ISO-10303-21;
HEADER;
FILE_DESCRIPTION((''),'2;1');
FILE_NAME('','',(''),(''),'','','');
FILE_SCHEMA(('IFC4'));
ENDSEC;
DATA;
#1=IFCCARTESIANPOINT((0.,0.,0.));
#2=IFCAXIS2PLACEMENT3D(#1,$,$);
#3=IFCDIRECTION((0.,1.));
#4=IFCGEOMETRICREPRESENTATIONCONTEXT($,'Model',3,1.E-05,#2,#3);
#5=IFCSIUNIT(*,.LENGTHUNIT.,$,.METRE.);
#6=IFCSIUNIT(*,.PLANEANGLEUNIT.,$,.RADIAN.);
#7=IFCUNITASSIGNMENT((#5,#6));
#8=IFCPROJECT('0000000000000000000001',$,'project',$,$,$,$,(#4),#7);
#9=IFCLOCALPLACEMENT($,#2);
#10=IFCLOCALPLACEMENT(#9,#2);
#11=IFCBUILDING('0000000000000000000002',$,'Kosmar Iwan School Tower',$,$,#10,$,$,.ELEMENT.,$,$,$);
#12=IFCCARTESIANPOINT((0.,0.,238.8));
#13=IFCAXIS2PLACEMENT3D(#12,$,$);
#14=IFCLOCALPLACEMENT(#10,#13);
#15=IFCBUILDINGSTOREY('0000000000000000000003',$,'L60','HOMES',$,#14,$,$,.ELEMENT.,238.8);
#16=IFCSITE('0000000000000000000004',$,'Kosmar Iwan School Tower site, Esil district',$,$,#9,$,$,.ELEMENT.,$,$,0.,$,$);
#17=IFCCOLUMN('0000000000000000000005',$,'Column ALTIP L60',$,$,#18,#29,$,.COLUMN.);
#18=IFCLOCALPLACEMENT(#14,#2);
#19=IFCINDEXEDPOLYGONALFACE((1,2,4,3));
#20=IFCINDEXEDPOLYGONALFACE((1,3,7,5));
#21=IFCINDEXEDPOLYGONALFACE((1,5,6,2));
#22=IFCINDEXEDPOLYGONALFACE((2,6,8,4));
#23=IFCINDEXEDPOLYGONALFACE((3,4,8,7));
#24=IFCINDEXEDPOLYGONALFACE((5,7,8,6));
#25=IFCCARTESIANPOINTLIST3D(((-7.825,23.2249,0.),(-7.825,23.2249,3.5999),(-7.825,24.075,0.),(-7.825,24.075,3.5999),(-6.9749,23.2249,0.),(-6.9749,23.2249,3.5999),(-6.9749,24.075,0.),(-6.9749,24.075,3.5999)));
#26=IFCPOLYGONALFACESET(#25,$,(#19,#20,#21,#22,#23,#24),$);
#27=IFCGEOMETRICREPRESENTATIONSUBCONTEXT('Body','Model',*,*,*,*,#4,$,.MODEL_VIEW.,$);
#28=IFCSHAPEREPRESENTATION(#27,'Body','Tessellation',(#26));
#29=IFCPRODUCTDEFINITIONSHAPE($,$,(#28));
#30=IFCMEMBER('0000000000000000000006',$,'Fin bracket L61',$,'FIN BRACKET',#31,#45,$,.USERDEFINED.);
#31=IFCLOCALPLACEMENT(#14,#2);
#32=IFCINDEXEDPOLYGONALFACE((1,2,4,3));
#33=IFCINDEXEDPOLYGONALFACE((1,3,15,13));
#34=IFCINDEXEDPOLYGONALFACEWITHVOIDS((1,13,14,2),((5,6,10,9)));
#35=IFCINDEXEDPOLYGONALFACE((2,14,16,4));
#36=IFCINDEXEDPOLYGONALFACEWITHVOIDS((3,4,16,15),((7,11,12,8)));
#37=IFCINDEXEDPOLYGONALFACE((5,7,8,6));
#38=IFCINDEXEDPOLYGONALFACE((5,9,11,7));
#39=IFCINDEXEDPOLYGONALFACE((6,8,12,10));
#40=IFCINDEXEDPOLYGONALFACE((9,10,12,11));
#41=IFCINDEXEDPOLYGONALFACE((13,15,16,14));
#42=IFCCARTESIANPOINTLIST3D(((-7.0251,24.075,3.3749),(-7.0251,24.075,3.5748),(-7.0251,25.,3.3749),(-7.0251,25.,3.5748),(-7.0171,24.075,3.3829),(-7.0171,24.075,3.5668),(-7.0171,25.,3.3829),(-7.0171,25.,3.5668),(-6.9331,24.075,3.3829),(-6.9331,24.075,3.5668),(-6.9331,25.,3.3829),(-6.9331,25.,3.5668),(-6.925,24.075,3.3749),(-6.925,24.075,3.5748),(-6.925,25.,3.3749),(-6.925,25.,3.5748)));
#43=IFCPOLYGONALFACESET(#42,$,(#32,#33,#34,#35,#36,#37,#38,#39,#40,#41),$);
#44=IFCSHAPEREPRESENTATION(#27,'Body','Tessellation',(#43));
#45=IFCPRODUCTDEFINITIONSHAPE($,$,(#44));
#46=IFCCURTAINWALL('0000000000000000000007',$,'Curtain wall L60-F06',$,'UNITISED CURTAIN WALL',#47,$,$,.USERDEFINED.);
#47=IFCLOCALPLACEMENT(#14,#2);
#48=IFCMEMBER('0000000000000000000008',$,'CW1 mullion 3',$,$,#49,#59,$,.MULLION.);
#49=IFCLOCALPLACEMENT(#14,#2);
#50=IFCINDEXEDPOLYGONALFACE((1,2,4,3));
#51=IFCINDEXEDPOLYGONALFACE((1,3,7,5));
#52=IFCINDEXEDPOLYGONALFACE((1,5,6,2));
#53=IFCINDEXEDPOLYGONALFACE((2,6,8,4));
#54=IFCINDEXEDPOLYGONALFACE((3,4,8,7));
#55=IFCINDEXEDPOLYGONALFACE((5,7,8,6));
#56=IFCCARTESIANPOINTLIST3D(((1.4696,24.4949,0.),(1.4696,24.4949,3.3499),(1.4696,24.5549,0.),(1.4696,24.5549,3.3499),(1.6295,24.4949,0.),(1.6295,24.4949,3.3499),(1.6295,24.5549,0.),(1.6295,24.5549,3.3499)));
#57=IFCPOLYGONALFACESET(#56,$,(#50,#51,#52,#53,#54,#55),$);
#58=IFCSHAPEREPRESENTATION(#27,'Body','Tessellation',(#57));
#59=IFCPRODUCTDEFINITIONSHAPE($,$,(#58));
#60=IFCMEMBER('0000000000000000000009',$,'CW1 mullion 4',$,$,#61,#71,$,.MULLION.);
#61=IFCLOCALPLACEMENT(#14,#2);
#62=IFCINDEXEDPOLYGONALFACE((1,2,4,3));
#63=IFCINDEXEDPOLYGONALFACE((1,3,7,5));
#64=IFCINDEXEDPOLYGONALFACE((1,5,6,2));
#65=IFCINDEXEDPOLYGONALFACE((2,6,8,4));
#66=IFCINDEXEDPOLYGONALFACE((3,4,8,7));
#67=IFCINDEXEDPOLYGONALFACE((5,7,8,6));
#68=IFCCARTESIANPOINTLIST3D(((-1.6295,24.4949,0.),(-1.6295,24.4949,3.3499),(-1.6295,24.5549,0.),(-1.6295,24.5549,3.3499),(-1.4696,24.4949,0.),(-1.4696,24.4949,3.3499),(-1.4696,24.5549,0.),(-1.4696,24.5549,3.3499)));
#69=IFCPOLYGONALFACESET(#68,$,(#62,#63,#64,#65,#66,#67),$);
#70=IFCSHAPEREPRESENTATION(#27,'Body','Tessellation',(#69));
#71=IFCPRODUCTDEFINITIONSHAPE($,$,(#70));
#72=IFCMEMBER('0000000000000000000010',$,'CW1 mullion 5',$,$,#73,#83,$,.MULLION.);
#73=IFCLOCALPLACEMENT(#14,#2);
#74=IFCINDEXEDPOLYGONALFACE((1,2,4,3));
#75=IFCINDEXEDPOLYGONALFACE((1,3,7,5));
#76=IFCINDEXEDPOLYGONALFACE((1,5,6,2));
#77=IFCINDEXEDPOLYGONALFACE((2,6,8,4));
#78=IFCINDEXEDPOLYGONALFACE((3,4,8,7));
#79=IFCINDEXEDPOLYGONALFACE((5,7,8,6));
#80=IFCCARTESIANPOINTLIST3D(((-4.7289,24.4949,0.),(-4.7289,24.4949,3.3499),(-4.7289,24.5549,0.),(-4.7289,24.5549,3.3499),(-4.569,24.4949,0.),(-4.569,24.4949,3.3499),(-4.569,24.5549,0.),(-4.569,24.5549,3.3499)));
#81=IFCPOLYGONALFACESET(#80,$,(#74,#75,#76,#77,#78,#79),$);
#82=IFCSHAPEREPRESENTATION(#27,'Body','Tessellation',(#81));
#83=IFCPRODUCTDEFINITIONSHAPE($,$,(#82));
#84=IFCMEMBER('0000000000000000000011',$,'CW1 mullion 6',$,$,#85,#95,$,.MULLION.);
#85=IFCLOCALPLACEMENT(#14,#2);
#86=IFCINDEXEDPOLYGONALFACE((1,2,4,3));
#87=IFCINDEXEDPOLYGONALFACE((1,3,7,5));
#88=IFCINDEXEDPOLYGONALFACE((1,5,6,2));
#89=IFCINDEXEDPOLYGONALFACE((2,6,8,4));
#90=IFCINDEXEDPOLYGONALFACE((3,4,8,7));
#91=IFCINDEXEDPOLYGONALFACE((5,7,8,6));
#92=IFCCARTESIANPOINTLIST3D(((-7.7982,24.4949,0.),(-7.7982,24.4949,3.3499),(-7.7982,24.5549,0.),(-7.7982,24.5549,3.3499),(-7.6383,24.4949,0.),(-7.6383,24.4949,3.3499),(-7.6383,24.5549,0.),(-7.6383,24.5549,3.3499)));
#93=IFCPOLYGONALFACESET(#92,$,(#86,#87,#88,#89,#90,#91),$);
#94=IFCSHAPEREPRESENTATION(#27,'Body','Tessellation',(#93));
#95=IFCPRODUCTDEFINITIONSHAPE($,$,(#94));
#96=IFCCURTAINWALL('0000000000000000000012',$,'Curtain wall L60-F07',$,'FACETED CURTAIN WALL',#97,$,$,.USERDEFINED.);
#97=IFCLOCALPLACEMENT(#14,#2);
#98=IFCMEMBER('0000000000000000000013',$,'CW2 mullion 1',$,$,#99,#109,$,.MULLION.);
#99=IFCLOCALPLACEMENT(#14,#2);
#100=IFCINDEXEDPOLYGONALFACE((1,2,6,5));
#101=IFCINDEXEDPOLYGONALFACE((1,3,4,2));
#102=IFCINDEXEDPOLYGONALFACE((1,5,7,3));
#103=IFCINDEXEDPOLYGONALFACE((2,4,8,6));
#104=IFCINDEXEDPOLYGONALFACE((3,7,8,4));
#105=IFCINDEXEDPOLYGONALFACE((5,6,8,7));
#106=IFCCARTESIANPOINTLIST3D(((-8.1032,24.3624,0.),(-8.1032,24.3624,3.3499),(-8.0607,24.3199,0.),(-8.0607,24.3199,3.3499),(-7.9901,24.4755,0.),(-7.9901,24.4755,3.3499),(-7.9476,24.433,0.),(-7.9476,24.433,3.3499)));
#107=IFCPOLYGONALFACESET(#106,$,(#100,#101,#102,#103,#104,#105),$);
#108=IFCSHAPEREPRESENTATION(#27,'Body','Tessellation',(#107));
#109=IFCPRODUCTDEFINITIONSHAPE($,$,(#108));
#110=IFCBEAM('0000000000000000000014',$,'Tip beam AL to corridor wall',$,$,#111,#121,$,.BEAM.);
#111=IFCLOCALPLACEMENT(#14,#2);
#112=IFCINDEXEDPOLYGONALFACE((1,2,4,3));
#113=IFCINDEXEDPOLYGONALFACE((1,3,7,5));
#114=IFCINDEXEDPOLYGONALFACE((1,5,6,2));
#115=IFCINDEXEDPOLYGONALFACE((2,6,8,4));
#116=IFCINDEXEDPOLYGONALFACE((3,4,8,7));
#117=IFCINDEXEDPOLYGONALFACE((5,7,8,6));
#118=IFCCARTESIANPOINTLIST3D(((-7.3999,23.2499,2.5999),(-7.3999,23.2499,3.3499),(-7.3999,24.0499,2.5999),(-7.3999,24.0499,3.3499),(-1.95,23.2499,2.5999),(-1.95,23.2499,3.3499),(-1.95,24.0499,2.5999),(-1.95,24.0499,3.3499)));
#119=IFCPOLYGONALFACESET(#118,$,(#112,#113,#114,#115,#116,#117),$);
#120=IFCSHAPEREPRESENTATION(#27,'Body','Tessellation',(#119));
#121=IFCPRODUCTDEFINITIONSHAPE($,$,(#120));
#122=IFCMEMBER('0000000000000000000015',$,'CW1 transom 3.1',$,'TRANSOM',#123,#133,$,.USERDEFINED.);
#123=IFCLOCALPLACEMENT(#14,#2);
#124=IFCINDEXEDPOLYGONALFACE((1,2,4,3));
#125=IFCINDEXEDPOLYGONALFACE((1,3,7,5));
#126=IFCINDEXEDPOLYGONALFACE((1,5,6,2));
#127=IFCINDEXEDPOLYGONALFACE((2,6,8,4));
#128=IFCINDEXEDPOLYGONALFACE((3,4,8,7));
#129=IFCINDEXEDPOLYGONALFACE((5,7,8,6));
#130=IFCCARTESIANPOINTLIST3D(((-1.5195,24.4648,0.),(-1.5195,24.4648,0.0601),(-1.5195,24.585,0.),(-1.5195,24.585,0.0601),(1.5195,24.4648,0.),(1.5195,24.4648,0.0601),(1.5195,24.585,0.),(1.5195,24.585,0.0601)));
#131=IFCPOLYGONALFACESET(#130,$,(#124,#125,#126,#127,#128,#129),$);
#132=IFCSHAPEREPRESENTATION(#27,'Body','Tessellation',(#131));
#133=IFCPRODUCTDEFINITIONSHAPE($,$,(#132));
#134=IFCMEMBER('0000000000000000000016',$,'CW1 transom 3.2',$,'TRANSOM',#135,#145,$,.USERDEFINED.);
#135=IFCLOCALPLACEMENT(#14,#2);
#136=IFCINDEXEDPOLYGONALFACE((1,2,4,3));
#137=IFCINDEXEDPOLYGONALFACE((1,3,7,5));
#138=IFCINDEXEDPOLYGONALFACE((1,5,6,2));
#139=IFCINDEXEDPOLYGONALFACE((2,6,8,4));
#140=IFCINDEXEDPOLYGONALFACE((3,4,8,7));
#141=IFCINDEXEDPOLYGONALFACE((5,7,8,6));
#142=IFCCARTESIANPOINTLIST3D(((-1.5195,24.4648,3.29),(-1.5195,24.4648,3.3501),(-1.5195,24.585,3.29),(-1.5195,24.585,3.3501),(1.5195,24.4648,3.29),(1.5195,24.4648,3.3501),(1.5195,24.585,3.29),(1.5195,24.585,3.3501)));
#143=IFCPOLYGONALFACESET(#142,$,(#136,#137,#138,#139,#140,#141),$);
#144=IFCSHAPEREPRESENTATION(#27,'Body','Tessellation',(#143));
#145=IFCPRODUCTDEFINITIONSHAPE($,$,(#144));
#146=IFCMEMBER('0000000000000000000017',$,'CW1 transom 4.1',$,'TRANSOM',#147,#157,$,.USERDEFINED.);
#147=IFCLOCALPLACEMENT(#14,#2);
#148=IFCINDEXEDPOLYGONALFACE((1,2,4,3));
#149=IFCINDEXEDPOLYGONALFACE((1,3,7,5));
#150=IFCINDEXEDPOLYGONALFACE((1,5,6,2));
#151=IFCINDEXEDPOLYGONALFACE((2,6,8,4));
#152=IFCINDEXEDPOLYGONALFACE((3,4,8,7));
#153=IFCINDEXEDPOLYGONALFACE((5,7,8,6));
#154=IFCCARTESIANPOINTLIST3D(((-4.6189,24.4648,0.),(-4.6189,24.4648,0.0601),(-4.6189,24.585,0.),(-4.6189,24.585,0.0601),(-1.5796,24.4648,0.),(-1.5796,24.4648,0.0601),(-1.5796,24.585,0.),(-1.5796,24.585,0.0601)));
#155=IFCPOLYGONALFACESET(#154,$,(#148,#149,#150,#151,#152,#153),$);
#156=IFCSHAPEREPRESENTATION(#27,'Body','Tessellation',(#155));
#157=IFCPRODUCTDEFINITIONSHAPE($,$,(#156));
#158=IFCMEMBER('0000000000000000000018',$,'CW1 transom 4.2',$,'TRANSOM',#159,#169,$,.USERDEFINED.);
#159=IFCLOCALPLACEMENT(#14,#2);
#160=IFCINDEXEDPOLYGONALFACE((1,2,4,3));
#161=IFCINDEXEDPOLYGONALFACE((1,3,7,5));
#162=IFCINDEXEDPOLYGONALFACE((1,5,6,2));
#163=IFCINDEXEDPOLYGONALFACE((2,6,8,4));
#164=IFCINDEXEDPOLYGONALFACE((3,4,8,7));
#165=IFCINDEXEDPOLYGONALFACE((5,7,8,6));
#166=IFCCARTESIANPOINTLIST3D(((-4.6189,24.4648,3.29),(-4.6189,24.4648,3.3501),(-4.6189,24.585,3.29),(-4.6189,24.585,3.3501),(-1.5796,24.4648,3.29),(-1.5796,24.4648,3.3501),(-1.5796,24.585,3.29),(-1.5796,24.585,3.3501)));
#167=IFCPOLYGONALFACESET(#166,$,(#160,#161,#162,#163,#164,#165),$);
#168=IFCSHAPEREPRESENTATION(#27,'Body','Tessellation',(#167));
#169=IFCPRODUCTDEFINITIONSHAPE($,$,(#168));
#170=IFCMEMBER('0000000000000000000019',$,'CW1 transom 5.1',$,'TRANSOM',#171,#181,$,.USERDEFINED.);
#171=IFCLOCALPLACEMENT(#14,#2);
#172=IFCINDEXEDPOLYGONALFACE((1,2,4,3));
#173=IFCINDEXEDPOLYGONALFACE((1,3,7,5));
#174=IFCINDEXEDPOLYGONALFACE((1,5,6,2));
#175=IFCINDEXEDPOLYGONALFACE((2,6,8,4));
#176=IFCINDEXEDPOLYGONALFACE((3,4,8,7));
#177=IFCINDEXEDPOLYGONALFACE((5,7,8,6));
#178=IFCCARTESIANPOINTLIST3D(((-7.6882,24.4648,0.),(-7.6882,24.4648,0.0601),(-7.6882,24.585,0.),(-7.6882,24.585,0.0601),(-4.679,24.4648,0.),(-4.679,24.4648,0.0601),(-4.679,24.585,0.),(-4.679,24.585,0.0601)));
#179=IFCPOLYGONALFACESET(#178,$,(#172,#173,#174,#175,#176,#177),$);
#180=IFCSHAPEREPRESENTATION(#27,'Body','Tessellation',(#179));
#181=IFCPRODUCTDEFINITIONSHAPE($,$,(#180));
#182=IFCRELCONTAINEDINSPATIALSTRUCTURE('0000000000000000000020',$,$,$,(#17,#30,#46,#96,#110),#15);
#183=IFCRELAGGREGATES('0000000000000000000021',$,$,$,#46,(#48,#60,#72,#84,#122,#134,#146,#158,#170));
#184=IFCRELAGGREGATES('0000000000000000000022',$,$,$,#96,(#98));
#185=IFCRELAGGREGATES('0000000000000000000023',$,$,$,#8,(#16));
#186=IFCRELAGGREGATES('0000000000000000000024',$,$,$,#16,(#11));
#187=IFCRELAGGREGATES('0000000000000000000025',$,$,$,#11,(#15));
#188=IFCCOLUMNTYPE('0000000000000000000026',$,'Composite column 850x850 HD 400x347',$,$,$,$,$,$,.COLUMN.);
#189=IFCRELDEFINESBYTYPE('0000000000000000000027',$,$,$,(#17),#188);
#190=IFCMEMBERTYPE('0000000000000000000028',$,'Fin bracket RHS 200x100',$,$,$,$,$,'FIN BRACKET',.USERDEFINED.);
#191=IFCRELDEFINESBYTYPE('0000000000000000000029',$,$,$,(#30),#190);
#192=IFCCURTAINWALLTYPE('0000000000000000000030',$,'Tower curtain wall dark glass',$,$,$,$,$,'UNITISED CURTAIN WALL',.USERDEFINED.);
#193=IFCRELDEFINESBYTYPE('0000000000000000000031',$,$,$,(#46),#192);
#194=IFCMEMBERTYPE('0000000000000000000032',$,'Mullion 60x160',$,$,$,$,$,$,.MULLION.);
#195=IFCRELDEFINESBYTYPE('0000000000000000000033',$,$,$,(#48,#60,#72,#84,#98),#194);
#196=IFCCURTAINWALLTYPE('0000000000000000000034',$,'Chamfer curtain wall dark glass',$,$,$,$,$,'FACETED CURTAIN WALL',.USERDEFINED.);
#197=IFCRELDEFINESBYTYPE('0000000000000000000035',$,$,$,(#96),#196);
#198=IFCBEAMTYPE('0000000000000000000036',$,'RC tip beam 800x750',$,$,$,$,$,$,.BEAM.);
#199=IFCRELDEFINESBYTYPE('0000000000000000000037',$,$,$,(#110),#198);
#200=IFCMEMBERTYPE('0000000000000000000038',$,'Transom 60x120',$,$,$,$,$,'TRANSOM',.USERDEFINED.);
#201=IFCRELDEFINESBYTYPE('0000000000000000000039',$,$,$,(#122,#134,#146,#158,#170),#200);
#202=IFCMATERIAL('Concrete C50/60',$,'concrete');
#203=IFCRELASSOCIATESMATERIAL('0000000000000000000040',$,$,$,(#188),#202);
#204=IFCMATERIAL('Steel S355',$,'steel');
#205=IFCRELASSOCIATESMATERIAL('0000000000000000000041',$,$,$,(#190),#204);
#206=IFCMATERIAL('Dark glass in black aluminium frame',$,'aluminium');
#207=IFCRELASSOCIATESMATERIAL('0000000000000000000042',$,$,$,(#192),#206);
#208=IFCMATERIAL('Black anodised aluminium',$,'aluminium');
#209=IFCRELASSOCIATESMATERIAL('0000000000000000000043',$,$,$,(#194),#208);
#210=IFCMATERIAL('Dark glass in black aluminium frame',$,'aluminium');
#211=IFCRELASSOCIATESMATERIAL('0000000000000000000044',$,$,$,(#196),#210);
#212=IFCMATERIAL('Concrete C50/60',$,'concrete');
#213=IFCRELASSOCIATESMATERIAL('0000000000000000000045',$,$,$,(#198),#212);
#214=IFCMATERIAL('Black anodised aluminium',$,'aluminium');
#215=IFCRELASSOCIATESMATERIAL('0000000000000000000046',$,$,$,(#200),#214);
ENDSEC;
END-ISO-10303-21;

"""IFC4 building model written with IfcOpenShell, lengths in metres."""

from ifc_helpers import new_model, si_unit, direction, frame, origin, origin_2d, place, context, subcontext, project, spatial, rectangle, hollow_rectangle, extrude, material, material_profile, profile_set, type_object, element, aggregate, save


model = new_model("IFC4")

# Units and contexts
model_context = context("Model", 3, precision=1e-05, world=origin(), true_north=direction((0.0, 1.0)))
body_context = subcontext(model_context, "Body", "Model", "MODEL_VIEW")
ifc_project = project(units=[si_unit("LENGTHUNIT", "METRE"), si_unit("PLANEANGLEUNIT", "RADIAN")], contexts=[model_context])

# Site, building, storey
site_placement = place(None, origin())
site = spatial("IfcSite", under=ifc_project, at=site_placement, Name="Kosmar Iwan School Tower site, Esil district", CompositionType="ELEMENT", RefElevation=0.0)
building_placement = place(site_placement, origin())
building = spatial("IfcBuilding", under=site, at=building_placement, Name="Kosmar Iwan School Tower", CompositionType="ELEMENT")
storey_placement = place(building_placement, frame((0.0, 0.0, 238.8)))
storey = spatial("IfcBuildingStorey", under=building, at=storey_placement, Name="L60", Description="HOMES", CompositionType="ELEMENT", Elevation=238.8)

# Column
ifc_material_1 = material(Name="Concrete C50/60", Category="concrete")
ifc_material_profile_1 = material_profile(ifc_material_1, rectangle(XDim=0.8501, YDim=0.8501, at=origin_2d()), Name="RC 850x850 + HD 400x347")
ifc_profile_set_1 = profile_set([ifc_material_profile_1], Name="Concrete C50/60")
column_type = type_object("IfcColumnType", Name="Composite column 850x850 HD 400x347", PredefinedType="COLUMN", material=ifc_profile_set_1)
column_placement = place(storey_placement, frame((-7.3999, 23.6499, 0.0), z_axis=(0.0, 0.0, 1.0), x_axis=(0.0, 1.0, 0.0)))
element("IfcColumn", 1, at=column_placement, inside=storey, type_object=column_type, Name="Column ALTIP L60", PredefinedType="COLUMN", context=body_context, shape_type="SweptSolid", body=[
    extrude(rectangle(XDim=0.8501, YDim=0.8501, at=origin_2d()), origin(), (0.0, 0.0, 1.0), 3.5999),
])

# Member
ifc_material_2 = material(Name="Steel S355", Category="steel")
ifc_material_profile_2 = material_profile(ifc_material_2, hollow_rectangle(XDim=0.1001, YDim=0.2, WallThickness=0.0081, at=origin_2d()), Name="RHS 200x100x8")
ifc_profile_set_2 = profile_set([ifc_material_profile_2], Name="Steel S355")
member_type_1 = type_object("IfcMemberType", Name="Fin bracket RHS 200x100", ElementType="FIN BRACKET", PredefinedType="USERDEFINED", material=ifc_profile_set_2)
member_1_placement = place(storey_placement, frame((-6.9751, 24.075, 3.4749), z_axis=(0.0, 1.0, 0.0), x_axis=(-1.0, 0.0, 0.0)))
element("IfcMember", 2, at=member_1_placement, inside=storey, type_object=member_type_1, Name="Fin bracket L61", ObjectType="FIN BRACKET", PredefinedType="USERDEFINED", context=body_context, shape_type="SweptSolid", body=[
    extrude(hollow_rectangle(XDim=0.1001, YDim=0.2, WallThickness=0.0081, at=origin_2d()), origin(), (0.0, 0.0, 1.0), 0.925),
])

# Curtain wall, members
ifc_material_3 = material(Name="Dark glass in black aluminium frame", Category="aluminium")
curtain_wall_type_1 = type_object("IfcCurtainWallType", Name="Tower curtain wall dark glass", ElementType="UNITISED CURTAIN WALL", PredefinedType="USERDEFINED", material=ifc_material_3)
curtain_wall_1_placement = place(storey_placement, origin())
curtain_wall_1 = element("IfcCurtainWall", 3, at=curtain_wall_1_placement, inside=storey, type_object=curtain_wall_type_1, Name="Curtain wall L60-F06", ObjectType="UNITISED CURTAIN WALL", PredefinedType="USERDEFINED")
ifc_material_4 = material(Name="Black anodised aluminium", Category="aluminium")
ifc_material_profile_3 = material_profile(ifc_material_4, rectangle(XDim=0.0601, YDim=0.1599, at=origin_2d()), Name="MULLION 60x160")
ifc_profile_set_3 = profile_set([ifc_material_profile_3], Name="Black anodised aluminium")
member_type_2 = type_object("IfcMemberType", Name="Mullion 60x160", PredefinedType="MULLION", material=ifc_profile_set_3)
member_2_placement = place(storey_placement, frame((1.5496, 24.5249, 0.0), z_axis=(0.0, 0.0, 1.0), x_axis=(0.0, -1.0, 0.0)))
member_2 = element("IfcMember", 4, at=member_2_placement, type_object=member_type_2, Name="CW1 mullion 3", PredefinedType="MULLION", context=body_context, shape_type="SweptSolid", body=[
    extrude(rectangle(XDim=0.0601, YDim=0.1599, at=origin_2d()), origin(), (0.0, 0.0, 1.0), 3.3499),
])
member_3_placement = place(storey_placement, frame((-1.5496, 24.5249, 0.0), z_axis=(0.0, 0.0, 1.0), x_axis=(0.0, -1.0, 0.0)))
member_3 = element("IfcMember", 5, at=member_3_placement, type_object=member_type_2, Name="CW1 mullion 4", PredefinedType="MULLION", context=body_context, shape_type="SweptSolid", body=[
    extrude(rectangle(XDim=0.0601, YDim=0.1599, at=origin_2d()), origin(), (0.0, 0.0, 1.0), 3.3499),
])
member_4_placement = place(storey_placement, frame((-4.6489, 24.5249, 0.0), z_axis=(0.0, 0.0, 1.0), x_axis=(0.0, -1.0, 0.0)))
member_4 = element("IfcMember", 6, at=member_4_placement, type_object=member_type_2, Name="CW1 mullion 5", PredefinedType="MULLION", context=body_context, shape_type="SweptSolid", body=[
    extrude(rectangle(XDim=0.0601, YDim=0.1599, at=origin_2d()), origin(), (0.0, 0.0, 1.0), 3.3499),
])
member_5_placement = place(storey_placement, frame((-7.7183, 24.5249, 0.0), z_axis=(0.0, 0.0, 1.0), x_axis=(0.0, -1.0, 0.0)))
member_5 = element("IfcMember", 7, at=member_5_placement, type_object=member_type_2, Name="CW1 mullion 6", PredefinedType="MULLION", context=body_context, shape_type="SweptSolid", body=[
    extrude(rectangle(XDim=0.0601, YDim=0.1599, at=origin_2d()), origin(), (0.0, 0.0, 1.0), 3.3499),
])

# Curtain wall, member
ifc_material_5 = material(Name="Dark glass in black aluminium frame", Category="aluminium")
curtain_wall_type_2 = type_object("IfcCurtainWallType", Name="Chamfer curtain wall dark glass", ElementType="FACETED CURTAIN WALL", PredefinedType="USERDEFINED", material=ifc_material_5)
curtain_wall_2_placement = place(storey_placement, origin())
curtain_wall_2 = element("IfcCurtainWall", 8, at=curtain_wall_2_placement, inside=storey, type_object=curtain_wall_type_2, Name="Curtain wall L60-F07", ObjectType="FACETED CURTAIN WALL", PredefinedType="USERDEFINED")
member_6_placement = place(storey_placement, frame((-8.0254, 24.3977, 0.0), z_axis=(0.0, 0.0, 1.0), x_axis=(0.707107, -0.707107, 0.0)))
member_6 = element("IfcMember", 9, at=member_6_placement, type_object=member_type_2, Name="CW2 mullion 1", PredefinedType="MULLION", context=body_context, shape_type="SweptSolid", body=[
    extrude(rectangle(XDim=0.0601, YDim=0.1599, at=origin_2d()), origin(), (0.0, 0.0, 1.0), 3.3499),
])

# Beam
ifc_material_6 = material(Name="Concrete C50/60", Category="concrete")
ifc_material_profile_4 = material_profile(ifc_material_6, rectangle(XDim=0.8, YDim=0.75, at=origin_2d()), Name="RC 800x750")
ifc_profile_set_4 = profile_set([ifc_material_profile_4], Name="Concrete C50/60")
beam_type = type_object("IfcBeamType", Name="RC tip beam 800x750", PredefinedType="BEAM", material=ifc_profile_set_4)
beam_placement = place(storey_placement, frame((-7.3999, 23.6499, 2.9749), z_axis=(1.0, 0.0, 0.0), x_axis=(0.0, 1.0, 0.0)))
element("IfcBeam", 10, at=beam_placement, inside=storey, type_object=beam_type, Name="Tip beam AL to corridor wall", PredefinedType="BEAM", context=body_context, shape_type="SweptSolid", body=[
    extrude(rectangle(XDim=0.8, YDim=0.75, at=origin_2d()), origin(), (0.0, 0.0, 1.0), 5.45),
])

# Members
ifc_material_7 = material(Name="Black anodised aluminium", Category="aluminium")
ifc_material_profile_5 = material_profile(ifc_material_7, rectangle(XDim=0.1201, YDim=0.0601, at=origin_2d()), Name="TRANSOM 60x120")
ifc_profile_set_5 = profile_set([ifc_material_profile_5], Name="Black anodised aluminium")
member_type_3 = type_object("IfcMemberType", Name="Transom 60x120", ElementType="TRANSOM", PredefinedType="USERDEFINED", material=ifc_profile_set_5)
member_7_placement = place(storey_placement, frame((1.5195, 24.5249, 0.03), z_axis=(-1.0, 0.0, 0.0), x_axis=(0.0, -1.0, 0.0)))
member_7 = element("IfcMember", 11, at=member_7_placement, type_object=member_type_3, Name="CW1 transom 3.1", ObjectType="TRANSOM", PredefinedType="USERDEFINED", context=body_context, shape_type="SweptSolid", body=[
    extrude(rectangle(XDim=0.1201, YDim=0.0601, at=origin_2d()), origin(), (0.0, 0.0, 1.0), 3.0391),
])
member_8_placement = place(storey_placement, frame((1.5195, 24.5249, 3.3201), z_axis=(-1.0, 0.0, 0.0), x_axis=(0.0, -1.0, 0.0)))
member_8 = element("IfcMember", 12, at=member_8_placement, type_object=member_type_3, Name="CW1 transom 3.2", ObjectType="TRANSOM", PredefinedType="USERDEFINED", context=body_context, shape_type="SweptSolid", body=[
    extrude(rectangle(XDim=0.1201, YDim=0.0601, at=origin_2d()), origin(), (0.0, 0.0, 1.0), 3.0391),
])
member_9_placement = place(storey_placement, frame((-1.5796, 24.5249, 0.03), z_axis=(-1.0, 0.0, 0.0), x_axis=(0.0, -1.0, 0.0)))
member_9 = element("IfcMember", 13, at=member_9_placement, type_object=member_type_3, Name="CW1 transom 4.1", ObjectType="TRANSOM", PredefinedType="USERDEFINED", context=body_context, shape_type="SweptSolid", body=[
    extrude(rectangle(XDim=0.1201, YDim=0.0601, at=origin_2d()), origin(), (0.0, 0.0, 1.0), 3.0393),
])
member_10_placement = place(storey_placement, frame((-1.5796, 24.5249, 3.3201), z_axis=(-1.0, 0.0, 0.0), x_axis=(0.0, -1.0, 0.0)))
member_10 = element("IfcMember", 14, at=member_10_placement, type_object=member_type_3, Name="CW1 transom 4.2", ObjectType="TRANSOM", PredefinedType="USERDEFINED", context=body_context, shape_type="SweptSolid", body=[
    extrude(rectangle(XDim=0.1201, YDim=0.0601, at=origin_2d()), origin(), (0.0, 0.0, 1.0), 3.0393),
])
member_11_placement = place(storey_placement, frame((-4.679, 24.5249, 0.03), z_axis=(-1.0, 0.0, 0.0), x_axis=(0.0, -1.0, 0.0)))
member_11 = element("IfcMember", 15, at=member_11_placement, type_object=member_type_3, Name="CW1 transom 5.1", ObjectType="TRANSOM", PredefinedType="USERDEFINED", context=body_context, shape_type="SweptSolid", body=[
    extrude(rectangle(XDim=0.1201, YDim=0.0601, at=origin_2d()), origin(), (0.0, 0.0, 1.0), 3.0093),
])

aggregate(curtain_wall_1, [member_2, member_3, member_4, member_5, member_7, member_8, member_9, member_10, member_11])
aggregate(curtain_wall_2, [member_6])

save(model, "model.ifc")
